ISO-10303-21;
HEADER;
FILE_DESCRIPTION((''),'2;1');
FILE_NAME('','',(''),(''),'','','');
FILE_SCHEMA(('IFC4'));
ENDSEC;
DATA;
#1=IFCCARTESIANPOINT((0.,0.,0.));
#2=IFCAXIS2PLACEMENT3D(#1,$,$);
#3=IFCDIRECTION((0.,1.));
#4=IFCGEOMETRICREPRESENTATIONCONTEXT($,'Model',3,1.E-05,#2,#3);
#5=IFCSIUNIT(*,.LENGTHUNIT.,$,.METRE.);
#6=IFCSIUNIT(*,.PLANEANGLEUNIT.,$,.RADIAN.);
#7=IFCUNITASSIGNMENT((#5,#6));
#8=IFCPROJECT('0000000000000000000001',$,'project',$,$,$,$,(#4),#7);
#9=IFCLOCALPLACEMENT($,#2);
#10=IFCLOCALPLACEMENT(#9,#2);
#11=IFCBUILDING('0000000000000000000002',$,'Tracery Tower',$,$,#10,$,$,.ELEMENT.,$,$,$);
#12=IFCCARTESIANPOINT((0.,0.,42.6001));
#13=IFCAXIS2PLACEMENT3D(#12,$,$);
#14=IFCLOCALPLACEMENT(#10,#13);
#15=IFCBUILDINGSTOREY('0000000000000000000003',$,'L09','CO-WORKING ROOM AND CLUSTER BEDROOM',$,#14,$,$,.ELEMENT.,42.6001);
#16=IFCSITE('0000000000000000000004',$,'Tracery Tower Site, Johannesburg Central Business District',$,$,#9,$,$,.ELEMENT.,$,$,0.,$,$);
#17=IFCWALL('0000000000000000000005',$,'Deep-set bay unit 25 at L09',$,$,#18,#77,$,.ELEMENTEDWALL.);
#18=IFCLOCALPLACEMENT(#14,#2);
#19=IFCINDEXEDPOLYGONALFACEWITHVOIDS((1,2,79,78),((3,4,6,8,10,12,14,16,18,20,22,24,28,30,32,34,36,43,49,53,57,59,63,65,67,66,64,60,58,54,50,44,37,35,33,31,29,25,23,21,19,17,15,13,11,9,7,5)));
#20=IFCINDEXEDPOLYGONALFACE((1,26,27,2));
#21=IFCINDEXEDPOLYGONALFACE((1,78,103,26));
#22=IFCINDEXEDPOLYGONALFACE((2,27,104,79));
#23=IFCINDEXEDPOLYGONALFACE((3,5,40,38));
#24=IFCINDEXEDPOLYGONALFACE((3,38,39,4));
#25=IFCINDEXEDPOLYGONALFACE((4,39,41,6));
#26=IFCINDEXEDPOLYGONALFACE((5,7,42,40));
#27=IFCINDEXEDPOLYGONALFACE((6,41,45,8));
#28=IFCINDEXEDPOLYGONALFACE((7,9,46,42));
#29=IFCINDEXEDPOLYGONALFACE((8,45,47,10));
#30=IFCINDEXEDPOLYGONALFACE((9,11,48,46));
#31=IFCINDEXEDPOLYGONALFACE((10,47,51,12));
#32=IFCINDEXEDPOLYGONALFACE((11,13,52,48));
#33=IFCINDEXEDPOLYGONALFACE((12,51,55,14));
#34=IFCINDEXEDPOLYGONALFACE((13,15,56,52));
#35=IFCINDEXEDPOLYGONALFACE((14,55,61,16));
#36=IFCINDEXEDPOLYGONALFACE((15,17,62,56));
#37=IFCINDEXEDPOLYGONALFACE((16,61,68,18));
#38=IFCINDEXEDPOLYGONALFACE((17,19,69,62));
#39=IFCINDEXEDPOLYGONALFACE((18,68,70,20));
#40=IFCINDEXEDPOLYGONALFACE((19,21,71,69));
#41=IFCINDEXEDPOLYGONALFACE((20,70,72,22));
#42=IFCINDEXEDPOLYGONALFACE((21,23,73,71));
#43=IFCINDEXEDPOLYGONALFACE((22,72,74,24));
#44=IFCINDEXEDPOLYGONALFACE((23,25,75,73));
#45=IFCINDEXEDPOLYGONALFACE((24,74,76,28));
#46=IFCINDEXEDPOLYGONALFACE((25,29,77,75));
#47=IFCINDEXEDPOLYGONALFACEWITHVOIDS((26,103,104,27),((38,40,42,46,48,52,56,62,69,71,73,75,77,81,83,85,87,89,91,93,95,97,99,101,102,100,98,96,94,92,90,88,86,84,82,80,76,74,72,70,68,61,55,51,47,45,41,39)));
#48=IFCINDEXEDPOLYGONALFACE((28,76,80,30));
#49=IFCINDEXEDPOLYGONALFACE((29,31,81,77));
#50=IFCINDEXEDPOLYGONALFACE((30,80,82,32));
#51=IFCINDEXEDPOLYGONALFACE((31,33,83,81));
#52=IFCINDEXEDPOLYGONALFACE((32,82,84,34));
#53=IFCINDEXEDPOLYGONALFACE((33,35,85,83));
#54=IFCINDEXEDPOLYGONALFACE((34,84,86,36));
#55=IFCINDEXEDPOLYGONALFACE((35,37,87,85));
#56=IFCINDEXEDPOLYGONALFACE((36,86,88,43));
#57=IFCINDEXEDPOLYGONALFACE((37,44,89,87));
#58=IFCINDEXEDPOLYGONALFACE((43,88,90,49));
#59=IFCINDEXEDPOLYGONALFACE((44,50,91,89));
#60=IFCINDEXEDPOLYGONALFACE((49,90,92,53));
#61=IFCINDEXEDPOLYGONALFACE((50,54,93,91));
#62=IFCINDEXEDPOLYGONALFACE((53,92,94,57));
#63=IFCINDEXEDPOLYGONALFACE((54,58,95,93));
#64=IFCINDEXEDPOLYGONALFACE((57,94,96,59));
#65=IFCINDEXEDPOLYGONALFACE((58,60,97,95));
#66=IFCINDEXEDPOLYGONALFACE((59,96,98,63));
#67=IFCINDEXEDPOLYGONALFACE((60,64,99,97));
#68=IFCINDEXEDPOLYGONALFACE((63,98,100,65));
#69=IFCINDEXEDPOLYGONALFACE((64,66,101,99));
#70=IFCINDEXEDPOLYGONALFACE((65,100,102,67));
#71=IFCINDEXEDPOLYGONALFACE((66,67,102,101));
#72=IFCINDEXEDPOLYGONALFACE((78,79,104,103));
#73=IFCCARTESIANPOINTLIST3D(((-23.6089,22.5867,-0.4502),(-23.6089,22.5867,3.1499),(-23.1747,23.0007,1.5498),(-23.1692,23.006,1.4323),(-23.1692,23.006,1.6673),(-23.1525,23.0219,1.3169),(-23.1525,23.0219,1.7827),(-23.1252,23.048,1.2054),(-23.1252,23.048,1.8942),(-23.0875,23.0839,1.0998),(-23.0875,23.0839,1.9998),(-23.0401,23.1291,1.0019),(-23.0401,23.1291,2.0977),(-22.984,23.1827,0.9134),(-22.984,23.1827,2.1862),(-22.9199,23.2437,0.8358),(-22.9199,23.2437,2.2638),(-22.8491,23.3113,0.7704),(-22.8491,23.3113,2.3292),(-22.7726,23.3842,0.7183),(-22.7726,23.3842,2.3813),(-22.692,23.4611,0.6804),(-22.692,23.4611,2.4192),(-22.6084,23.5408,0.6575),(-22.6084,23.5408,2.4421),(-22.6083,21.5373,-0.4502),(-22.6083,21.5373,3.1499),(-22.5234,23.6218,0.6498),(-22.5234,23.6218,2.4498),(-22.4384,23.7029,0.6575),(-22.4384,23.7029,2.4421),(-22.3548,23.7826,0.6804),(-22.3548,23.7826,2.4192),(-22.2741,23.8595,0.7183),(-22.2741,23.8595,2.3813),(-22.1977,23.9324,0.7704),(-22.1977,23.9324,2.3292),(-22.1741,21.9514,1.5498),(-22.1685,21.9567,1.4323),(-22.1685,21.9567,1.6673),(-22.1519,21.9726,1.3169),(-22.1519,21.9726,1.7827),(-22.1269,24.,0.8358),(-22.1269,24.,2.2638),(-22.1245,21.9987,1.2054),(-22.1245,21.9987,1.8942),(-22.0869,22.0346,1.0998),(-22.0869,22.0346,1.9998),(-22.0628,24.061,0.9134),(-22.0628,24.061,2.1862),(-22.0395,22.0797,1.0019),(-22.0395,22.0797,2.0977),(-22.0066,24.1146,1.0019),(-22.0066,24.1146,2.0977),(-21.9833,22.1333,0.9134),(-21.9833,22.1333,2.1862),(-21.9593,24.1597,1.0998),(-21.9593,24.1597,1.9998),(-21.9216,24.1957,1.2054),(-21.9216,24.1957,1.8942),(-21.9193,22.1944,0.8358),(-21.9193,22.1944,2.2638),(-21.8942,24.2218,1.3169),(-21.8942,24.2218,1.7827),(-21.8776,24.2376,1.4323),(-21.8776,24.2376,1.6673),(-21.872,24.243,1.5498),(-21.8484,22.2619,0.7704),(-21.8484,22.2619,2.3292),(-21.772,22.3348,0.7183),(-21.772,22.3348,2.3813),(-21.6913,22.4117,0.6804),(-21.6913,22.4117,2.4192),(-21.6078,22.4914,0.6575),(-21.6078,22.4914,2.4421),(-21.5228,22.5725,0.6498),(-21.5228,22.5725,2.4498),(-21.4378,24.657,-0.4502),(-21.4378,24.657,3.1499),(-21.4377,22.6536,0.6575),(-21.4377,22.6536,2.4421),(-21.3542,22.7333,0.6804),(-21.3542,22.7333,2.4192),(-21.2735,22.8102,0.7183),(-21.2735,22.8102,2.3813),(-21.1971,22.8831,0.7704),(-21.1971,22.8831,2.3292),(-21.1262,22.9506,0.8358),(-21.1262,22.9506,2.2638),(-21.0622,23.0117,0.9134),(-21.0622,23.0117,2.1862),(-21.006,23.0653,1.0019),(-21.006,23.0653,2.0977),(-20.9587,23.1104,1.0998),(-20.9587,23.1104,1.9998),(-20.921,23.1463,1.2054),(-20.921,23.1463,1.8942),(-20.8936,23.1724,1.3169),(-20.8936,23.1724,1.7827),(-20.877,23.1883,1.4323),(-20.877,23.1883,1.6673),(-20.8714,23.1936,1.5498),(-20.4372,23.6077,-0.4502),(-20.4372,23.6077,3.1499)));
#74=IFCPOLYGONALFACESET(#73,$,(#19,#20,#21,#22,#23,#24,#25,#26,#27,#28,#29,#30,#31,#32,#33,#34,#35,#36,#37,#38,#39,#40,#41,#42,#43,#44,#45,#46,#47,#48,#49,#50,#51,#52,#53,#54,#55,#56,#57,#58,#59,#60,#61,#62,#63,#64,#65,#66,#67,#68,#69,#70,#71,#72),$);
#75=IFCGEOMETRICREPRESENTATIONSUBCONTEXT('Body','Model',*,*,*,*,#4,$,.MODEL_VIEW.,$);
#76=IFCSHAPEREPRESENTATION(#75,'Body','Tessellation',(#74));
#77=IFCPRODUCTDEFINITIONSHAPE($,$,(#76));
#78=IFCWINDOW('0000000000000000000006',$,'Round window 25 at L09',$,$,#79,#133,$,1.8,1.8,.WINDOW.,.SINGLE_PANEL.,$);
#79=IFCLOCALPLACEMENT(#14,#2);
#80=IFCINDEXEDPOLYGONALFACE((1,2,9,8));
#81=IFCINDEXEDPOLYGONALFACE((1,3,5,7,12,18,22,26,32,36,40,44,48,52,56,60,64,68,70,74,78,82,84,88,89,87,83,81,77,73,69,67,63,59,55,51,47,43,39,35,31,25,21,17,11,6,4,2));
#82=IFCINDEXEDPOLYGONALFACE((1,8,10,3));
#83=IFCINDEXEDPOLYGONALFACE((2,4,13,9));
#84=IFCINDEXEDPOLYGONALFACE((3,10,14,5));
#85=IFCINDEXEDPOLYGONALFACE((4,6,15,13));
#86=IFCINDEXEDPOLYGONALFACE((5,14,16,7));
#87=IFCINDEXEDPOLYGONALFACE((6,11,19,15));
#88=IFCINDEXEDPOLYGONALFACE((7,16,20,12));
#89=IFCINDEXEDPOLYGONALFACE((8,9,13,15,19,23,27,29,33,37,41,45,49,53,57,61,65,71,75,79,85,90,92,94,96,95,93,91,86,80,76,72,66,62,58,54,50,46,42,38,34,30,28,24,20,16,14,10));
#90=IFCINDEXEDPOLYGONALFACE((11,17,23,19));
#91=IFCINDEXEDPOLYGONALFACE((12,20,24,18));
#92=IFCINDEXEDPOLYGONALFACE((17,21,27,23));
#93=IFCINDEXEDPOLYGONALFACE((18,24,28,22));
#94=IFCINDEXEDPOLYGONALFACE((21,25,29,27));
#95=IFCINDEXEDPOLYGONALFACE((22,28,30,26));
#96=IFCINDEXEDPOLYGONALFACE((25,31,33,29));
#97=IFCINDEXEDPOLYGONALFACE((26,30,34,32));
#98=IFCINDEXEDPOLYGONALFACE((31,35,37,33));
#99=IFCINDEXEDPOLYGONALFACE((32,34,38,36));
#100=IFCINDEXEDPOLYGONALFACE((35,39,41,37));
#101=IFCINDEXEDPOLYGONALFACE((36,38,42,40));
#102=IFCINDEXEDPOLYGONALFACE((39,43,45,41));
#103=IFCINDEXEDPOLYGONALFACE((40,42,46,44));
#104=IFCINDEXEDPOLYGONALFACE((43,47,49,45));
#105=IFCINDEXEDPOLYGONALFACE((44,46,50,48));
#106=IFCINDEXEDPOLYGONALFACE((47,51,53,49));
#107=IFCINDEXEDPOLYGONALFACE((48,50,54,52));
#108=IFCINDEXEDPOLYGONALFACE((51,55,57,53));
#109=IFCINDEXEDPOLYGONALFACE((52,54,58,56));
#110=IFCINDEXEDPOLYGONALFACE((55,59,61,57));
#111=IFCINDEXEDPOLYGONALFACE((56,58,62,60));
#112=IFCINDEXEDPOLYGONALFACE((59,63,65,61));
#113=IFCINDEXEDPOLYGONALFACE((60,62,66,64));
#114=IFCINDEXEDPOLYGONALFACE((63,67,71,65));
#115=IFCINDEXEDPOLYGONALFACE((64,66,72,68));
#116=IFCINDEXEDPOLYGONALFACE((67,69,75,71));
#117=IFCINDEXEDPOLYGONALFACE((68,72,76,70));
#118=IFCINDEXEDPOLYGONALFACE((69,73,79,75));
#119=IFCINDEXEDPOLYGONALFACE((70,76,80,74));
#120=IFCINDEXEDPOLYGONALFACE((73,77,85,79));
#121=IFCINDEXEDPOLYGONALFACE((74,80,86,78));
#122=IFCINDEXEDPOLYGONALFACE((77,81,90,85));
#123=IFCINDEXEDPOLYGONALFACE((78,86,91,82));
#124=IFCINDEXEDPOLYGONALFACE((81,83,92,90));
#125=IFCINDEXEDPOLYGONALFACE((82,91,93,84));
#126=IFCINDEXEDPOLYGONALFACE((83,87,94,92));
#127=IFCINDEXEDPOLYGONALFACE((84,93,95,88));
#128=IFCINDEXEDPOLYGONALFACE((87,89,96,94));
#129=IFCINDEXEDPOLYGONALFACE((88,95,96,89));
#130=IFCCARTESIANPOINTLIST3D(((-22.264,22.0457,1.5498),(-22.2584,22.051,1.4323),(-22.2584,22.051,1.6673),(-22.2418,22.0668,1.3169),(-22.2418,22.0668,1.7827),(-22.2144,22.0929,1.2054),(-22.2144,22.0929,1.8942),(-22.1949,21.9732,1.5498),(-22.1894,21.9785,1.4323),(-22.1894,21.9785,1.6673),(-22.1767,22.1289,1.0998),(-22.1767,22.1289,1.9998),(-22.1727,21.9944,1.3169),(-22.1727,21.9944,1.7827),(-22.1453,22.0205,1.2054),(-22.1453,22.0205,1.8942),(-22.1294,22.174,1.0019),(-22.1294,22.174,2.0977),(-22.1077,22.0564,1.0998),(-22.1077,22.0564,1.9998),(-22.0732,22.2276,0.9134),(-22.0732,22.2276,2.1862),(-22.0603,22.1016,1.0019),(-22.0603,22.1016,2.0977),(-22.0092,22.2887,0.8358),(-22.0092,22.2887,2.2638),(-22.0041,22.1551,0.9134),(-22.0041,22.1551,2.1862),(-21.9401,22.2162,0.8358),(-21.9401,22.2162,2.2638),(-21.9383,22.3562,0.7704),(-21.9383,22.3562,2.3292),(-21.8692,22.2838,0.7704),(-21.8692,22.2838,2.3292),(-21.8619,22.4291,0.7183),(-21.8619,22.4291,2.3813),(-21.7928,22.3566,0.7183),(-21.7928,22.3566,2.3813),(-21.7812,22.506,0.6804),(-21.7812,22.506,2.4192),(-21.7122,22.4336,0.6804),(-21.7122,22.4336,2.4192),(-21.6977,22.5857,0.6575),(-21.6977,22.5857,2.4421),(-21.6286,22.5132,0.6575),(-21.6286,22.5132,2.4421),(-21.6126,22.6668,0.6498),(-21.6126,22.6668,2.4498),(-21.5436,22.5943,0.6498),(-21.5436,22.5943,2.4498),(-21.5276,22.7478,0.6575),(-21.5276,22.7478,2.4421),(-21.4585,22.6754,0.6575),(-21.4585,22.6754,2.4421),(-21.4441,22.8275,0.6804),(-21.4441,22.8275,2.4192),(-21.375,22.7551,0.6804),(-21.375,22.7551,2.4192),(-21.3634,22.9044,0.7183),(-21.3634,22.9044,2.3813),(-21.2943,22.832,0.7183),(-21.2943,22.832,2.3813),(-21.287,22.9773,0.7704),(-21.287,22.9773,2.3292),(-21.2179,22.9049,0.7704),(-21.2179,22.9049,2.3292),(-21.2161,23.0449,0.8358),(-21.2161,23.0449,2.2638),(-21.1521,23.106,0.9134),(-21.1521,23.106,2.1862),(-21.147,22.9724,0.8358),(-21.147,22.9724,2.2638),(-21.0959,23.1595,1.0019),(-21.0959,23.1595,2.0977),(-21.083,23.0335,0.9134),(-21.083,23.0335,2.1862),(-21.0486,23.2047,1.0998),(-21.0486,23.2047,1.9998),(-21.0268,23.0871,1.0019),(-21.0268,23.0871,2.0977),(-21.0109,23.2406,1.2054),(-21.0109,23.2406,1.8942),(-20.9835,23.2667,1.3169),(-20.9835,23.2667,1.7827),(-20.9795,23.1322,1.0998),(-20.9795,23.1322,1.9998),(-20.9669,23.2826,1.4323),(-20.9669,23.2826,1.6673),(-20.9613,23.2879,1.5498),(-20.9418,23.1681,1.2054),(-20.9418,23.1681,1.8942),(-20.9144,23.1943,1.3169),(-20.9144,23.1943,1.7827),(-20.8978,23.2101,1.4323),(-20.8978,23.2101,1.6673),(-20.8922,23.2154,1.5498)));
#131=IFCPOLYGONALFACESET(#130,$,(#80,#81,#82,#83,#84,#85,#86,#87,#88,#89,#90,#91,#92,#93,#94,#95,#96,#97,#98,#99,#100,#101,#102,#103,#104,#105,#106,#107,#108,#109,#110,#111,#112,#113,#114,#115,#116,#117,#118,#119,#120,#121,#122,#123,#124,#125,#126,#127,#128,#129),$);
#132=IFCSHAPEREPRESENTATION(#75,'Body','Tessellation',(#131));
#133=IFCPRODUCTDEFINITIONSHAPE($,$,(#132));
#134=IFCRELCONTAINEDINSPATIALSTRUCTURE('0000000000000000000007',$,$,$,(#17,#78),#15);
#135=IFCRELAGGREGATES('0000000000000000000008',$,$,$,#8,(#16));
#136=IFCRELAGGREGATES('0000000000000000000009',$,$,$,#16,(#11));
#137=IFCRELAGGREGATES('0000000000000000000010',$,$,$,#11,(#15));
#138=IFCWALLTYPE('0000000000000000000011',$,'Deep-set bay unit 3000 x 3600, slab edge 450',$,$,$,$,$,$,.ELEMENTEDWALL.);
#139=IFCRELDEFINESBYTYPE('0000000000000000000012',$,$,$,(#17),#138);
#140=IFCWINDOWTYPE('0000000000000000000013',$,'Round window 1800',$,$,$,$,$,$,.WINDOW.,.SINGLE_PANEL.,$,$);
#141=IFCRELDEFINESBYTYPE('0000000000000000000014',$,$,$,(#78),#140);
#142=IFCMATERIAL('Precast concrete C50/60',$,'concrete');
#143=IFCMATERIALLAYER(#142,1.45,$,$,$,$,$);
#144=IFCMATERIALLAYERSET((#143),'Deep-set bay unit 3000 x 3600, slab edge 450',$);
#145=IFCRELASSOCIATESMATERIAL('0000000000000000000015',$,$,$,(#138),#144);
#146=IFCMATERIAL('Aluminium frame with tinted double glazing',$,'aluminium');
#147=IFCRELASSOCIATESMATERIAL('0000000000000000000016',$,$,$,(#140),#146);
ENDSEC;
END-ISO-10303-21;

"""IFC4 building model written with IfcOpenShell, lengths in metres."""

from ifc_helpers import new_model, si_unit, direction, frame, frame_2d, origin, origin_2d, place, context, subcontext, project, spatial, rectangle, circle, extrude, material, layer, layer_set, type_object, element, fill, save


model = new_model("IFC4")

# Units and contexts
model_context = context("Model", 3, precision=1e-05, world=origin(), true_north=direction((0.0, 1.0)))
body_context = subcontext(model_context, "Body", "Model", "MODEL_VIEW")
ifc_project = project(units=[si_unit("LENGTHUNIT", "METRE"), si_unit("PLANEANGLEUNIT", "RADIAN")], contexts=[model_context])

# Site, building, storey
site_placement = place(None, origin())
site = spatial("IfcSite", under=ifc_project, at=site_placement, Name="Tracery Tower Site, Johannesburg Central Business District", CompositionType="ELEMENT", RefElevation=0.0)
building_placement = place(site_placement, origin())
building = spatial("IfcBuilding", under=site, at=building_placement, Name="Tracery Tower", CompositionType="ELEMENT")
storey_placement = place(building_placement, frame((0.0, 0.0, 42.6001)))
storey = spatial("IfcBuildingStorey", under=building, at=storey_placement, Name="L09", Description="CO-WORKING ROOM AND CLUSTER BEDROOM", CompositionType="ELEMENT", Elevation=42.6001)

# Wall, opening, window
ifc_material_1 = material(Name="Precast concrete C50/60", Category="concrete")
ifc_layer_1 = layer(ifc_material_1, 1.45)
ifc_layer_set_1 = layer_set([ifc_layer_1], Name="Deep-set bay unit 3000 x 3600, slab edge 450")
wall_type_1 = type_object("IfcWallType", Name="Deep-set bay unit 3000 x 3600, slab edge 450", PredefinedType="ELEMENTEDWALL", material=ifc_layer_set_1)
wall_1_placement = place(storey_placement, frame((-20.9375, 24.1323, -0.4502), z_axis=(0.0, 0.0, 1.0), x_axis=(-0.723712, -0.690102, 0.0)))
wall_1 = element("IfcWall", 1, at=wall_1_placement, inside=storey, type_object=wall_type_1, Name="Deep-set bay unit 25 at L09", PredefinedType="ELEMENTEDWALL", context=body_context, shape_type="SweptSolid", body=[
    extrude(rectangle(XDim=3.0, YDim=1.45, at=frame_2d((1.5, 0.0))), origin(), (0.0, 0.0, 1.0), 3.6001),
])
opening_1_placement = place(wall_1_placement, frame((1.5, 0.0, 2.0)))
opening_1 = element("IfcOpeningElement", 2, at=opening_1_placement, cuts=wall_1, PredefinedType="OPENING", context=body_context, shape_type="SweptSolid", body=[
    extrude(circle(Radius=0.9, at=origin_2d()), frame((0.0, 0.7349, 0.0), z_axis=(0.0, -1.0, 0.0), x_axis=(1.0, 0.0, 0.0)), (0.0, 0.0, 1.0), 1.47),
])
ifc_material_2 = material(Name="Aluminium frame with tinted double glazing", Category="aluminium")
window_type = type_object("IfcWindowType", Name="Round window 1800", PartitioningType="SINGLE_PANEL", PredefinedType="WINDOW", material=ifc_material_2)
window_1_placement = place(opening_1_placement, origin())
window_1 = element("IfcWindow", 3, at=window_1_placement, inside=storey, type_object=window_type, Name="Round window 25 at L09", OverallHeight=1.8, OverallWidth=1.8, PartitioningType="SINGLE_PANEL", PredefinedType="WINDOW", context=body_context, shape_type="SweptSolid", body=[
    extrude(circle(Radius=0.9, at=origin_2d()), frame((0.0, 0.6948, 0.0), z_axis=(0.0, -1.0, 0.0), x_axis=(1.0, 0.0, 0.0)), (0.0, 0.0, 1.0), 0.1001),
])
fill(opening_1, window_1)

save(model, "model.ifc")
